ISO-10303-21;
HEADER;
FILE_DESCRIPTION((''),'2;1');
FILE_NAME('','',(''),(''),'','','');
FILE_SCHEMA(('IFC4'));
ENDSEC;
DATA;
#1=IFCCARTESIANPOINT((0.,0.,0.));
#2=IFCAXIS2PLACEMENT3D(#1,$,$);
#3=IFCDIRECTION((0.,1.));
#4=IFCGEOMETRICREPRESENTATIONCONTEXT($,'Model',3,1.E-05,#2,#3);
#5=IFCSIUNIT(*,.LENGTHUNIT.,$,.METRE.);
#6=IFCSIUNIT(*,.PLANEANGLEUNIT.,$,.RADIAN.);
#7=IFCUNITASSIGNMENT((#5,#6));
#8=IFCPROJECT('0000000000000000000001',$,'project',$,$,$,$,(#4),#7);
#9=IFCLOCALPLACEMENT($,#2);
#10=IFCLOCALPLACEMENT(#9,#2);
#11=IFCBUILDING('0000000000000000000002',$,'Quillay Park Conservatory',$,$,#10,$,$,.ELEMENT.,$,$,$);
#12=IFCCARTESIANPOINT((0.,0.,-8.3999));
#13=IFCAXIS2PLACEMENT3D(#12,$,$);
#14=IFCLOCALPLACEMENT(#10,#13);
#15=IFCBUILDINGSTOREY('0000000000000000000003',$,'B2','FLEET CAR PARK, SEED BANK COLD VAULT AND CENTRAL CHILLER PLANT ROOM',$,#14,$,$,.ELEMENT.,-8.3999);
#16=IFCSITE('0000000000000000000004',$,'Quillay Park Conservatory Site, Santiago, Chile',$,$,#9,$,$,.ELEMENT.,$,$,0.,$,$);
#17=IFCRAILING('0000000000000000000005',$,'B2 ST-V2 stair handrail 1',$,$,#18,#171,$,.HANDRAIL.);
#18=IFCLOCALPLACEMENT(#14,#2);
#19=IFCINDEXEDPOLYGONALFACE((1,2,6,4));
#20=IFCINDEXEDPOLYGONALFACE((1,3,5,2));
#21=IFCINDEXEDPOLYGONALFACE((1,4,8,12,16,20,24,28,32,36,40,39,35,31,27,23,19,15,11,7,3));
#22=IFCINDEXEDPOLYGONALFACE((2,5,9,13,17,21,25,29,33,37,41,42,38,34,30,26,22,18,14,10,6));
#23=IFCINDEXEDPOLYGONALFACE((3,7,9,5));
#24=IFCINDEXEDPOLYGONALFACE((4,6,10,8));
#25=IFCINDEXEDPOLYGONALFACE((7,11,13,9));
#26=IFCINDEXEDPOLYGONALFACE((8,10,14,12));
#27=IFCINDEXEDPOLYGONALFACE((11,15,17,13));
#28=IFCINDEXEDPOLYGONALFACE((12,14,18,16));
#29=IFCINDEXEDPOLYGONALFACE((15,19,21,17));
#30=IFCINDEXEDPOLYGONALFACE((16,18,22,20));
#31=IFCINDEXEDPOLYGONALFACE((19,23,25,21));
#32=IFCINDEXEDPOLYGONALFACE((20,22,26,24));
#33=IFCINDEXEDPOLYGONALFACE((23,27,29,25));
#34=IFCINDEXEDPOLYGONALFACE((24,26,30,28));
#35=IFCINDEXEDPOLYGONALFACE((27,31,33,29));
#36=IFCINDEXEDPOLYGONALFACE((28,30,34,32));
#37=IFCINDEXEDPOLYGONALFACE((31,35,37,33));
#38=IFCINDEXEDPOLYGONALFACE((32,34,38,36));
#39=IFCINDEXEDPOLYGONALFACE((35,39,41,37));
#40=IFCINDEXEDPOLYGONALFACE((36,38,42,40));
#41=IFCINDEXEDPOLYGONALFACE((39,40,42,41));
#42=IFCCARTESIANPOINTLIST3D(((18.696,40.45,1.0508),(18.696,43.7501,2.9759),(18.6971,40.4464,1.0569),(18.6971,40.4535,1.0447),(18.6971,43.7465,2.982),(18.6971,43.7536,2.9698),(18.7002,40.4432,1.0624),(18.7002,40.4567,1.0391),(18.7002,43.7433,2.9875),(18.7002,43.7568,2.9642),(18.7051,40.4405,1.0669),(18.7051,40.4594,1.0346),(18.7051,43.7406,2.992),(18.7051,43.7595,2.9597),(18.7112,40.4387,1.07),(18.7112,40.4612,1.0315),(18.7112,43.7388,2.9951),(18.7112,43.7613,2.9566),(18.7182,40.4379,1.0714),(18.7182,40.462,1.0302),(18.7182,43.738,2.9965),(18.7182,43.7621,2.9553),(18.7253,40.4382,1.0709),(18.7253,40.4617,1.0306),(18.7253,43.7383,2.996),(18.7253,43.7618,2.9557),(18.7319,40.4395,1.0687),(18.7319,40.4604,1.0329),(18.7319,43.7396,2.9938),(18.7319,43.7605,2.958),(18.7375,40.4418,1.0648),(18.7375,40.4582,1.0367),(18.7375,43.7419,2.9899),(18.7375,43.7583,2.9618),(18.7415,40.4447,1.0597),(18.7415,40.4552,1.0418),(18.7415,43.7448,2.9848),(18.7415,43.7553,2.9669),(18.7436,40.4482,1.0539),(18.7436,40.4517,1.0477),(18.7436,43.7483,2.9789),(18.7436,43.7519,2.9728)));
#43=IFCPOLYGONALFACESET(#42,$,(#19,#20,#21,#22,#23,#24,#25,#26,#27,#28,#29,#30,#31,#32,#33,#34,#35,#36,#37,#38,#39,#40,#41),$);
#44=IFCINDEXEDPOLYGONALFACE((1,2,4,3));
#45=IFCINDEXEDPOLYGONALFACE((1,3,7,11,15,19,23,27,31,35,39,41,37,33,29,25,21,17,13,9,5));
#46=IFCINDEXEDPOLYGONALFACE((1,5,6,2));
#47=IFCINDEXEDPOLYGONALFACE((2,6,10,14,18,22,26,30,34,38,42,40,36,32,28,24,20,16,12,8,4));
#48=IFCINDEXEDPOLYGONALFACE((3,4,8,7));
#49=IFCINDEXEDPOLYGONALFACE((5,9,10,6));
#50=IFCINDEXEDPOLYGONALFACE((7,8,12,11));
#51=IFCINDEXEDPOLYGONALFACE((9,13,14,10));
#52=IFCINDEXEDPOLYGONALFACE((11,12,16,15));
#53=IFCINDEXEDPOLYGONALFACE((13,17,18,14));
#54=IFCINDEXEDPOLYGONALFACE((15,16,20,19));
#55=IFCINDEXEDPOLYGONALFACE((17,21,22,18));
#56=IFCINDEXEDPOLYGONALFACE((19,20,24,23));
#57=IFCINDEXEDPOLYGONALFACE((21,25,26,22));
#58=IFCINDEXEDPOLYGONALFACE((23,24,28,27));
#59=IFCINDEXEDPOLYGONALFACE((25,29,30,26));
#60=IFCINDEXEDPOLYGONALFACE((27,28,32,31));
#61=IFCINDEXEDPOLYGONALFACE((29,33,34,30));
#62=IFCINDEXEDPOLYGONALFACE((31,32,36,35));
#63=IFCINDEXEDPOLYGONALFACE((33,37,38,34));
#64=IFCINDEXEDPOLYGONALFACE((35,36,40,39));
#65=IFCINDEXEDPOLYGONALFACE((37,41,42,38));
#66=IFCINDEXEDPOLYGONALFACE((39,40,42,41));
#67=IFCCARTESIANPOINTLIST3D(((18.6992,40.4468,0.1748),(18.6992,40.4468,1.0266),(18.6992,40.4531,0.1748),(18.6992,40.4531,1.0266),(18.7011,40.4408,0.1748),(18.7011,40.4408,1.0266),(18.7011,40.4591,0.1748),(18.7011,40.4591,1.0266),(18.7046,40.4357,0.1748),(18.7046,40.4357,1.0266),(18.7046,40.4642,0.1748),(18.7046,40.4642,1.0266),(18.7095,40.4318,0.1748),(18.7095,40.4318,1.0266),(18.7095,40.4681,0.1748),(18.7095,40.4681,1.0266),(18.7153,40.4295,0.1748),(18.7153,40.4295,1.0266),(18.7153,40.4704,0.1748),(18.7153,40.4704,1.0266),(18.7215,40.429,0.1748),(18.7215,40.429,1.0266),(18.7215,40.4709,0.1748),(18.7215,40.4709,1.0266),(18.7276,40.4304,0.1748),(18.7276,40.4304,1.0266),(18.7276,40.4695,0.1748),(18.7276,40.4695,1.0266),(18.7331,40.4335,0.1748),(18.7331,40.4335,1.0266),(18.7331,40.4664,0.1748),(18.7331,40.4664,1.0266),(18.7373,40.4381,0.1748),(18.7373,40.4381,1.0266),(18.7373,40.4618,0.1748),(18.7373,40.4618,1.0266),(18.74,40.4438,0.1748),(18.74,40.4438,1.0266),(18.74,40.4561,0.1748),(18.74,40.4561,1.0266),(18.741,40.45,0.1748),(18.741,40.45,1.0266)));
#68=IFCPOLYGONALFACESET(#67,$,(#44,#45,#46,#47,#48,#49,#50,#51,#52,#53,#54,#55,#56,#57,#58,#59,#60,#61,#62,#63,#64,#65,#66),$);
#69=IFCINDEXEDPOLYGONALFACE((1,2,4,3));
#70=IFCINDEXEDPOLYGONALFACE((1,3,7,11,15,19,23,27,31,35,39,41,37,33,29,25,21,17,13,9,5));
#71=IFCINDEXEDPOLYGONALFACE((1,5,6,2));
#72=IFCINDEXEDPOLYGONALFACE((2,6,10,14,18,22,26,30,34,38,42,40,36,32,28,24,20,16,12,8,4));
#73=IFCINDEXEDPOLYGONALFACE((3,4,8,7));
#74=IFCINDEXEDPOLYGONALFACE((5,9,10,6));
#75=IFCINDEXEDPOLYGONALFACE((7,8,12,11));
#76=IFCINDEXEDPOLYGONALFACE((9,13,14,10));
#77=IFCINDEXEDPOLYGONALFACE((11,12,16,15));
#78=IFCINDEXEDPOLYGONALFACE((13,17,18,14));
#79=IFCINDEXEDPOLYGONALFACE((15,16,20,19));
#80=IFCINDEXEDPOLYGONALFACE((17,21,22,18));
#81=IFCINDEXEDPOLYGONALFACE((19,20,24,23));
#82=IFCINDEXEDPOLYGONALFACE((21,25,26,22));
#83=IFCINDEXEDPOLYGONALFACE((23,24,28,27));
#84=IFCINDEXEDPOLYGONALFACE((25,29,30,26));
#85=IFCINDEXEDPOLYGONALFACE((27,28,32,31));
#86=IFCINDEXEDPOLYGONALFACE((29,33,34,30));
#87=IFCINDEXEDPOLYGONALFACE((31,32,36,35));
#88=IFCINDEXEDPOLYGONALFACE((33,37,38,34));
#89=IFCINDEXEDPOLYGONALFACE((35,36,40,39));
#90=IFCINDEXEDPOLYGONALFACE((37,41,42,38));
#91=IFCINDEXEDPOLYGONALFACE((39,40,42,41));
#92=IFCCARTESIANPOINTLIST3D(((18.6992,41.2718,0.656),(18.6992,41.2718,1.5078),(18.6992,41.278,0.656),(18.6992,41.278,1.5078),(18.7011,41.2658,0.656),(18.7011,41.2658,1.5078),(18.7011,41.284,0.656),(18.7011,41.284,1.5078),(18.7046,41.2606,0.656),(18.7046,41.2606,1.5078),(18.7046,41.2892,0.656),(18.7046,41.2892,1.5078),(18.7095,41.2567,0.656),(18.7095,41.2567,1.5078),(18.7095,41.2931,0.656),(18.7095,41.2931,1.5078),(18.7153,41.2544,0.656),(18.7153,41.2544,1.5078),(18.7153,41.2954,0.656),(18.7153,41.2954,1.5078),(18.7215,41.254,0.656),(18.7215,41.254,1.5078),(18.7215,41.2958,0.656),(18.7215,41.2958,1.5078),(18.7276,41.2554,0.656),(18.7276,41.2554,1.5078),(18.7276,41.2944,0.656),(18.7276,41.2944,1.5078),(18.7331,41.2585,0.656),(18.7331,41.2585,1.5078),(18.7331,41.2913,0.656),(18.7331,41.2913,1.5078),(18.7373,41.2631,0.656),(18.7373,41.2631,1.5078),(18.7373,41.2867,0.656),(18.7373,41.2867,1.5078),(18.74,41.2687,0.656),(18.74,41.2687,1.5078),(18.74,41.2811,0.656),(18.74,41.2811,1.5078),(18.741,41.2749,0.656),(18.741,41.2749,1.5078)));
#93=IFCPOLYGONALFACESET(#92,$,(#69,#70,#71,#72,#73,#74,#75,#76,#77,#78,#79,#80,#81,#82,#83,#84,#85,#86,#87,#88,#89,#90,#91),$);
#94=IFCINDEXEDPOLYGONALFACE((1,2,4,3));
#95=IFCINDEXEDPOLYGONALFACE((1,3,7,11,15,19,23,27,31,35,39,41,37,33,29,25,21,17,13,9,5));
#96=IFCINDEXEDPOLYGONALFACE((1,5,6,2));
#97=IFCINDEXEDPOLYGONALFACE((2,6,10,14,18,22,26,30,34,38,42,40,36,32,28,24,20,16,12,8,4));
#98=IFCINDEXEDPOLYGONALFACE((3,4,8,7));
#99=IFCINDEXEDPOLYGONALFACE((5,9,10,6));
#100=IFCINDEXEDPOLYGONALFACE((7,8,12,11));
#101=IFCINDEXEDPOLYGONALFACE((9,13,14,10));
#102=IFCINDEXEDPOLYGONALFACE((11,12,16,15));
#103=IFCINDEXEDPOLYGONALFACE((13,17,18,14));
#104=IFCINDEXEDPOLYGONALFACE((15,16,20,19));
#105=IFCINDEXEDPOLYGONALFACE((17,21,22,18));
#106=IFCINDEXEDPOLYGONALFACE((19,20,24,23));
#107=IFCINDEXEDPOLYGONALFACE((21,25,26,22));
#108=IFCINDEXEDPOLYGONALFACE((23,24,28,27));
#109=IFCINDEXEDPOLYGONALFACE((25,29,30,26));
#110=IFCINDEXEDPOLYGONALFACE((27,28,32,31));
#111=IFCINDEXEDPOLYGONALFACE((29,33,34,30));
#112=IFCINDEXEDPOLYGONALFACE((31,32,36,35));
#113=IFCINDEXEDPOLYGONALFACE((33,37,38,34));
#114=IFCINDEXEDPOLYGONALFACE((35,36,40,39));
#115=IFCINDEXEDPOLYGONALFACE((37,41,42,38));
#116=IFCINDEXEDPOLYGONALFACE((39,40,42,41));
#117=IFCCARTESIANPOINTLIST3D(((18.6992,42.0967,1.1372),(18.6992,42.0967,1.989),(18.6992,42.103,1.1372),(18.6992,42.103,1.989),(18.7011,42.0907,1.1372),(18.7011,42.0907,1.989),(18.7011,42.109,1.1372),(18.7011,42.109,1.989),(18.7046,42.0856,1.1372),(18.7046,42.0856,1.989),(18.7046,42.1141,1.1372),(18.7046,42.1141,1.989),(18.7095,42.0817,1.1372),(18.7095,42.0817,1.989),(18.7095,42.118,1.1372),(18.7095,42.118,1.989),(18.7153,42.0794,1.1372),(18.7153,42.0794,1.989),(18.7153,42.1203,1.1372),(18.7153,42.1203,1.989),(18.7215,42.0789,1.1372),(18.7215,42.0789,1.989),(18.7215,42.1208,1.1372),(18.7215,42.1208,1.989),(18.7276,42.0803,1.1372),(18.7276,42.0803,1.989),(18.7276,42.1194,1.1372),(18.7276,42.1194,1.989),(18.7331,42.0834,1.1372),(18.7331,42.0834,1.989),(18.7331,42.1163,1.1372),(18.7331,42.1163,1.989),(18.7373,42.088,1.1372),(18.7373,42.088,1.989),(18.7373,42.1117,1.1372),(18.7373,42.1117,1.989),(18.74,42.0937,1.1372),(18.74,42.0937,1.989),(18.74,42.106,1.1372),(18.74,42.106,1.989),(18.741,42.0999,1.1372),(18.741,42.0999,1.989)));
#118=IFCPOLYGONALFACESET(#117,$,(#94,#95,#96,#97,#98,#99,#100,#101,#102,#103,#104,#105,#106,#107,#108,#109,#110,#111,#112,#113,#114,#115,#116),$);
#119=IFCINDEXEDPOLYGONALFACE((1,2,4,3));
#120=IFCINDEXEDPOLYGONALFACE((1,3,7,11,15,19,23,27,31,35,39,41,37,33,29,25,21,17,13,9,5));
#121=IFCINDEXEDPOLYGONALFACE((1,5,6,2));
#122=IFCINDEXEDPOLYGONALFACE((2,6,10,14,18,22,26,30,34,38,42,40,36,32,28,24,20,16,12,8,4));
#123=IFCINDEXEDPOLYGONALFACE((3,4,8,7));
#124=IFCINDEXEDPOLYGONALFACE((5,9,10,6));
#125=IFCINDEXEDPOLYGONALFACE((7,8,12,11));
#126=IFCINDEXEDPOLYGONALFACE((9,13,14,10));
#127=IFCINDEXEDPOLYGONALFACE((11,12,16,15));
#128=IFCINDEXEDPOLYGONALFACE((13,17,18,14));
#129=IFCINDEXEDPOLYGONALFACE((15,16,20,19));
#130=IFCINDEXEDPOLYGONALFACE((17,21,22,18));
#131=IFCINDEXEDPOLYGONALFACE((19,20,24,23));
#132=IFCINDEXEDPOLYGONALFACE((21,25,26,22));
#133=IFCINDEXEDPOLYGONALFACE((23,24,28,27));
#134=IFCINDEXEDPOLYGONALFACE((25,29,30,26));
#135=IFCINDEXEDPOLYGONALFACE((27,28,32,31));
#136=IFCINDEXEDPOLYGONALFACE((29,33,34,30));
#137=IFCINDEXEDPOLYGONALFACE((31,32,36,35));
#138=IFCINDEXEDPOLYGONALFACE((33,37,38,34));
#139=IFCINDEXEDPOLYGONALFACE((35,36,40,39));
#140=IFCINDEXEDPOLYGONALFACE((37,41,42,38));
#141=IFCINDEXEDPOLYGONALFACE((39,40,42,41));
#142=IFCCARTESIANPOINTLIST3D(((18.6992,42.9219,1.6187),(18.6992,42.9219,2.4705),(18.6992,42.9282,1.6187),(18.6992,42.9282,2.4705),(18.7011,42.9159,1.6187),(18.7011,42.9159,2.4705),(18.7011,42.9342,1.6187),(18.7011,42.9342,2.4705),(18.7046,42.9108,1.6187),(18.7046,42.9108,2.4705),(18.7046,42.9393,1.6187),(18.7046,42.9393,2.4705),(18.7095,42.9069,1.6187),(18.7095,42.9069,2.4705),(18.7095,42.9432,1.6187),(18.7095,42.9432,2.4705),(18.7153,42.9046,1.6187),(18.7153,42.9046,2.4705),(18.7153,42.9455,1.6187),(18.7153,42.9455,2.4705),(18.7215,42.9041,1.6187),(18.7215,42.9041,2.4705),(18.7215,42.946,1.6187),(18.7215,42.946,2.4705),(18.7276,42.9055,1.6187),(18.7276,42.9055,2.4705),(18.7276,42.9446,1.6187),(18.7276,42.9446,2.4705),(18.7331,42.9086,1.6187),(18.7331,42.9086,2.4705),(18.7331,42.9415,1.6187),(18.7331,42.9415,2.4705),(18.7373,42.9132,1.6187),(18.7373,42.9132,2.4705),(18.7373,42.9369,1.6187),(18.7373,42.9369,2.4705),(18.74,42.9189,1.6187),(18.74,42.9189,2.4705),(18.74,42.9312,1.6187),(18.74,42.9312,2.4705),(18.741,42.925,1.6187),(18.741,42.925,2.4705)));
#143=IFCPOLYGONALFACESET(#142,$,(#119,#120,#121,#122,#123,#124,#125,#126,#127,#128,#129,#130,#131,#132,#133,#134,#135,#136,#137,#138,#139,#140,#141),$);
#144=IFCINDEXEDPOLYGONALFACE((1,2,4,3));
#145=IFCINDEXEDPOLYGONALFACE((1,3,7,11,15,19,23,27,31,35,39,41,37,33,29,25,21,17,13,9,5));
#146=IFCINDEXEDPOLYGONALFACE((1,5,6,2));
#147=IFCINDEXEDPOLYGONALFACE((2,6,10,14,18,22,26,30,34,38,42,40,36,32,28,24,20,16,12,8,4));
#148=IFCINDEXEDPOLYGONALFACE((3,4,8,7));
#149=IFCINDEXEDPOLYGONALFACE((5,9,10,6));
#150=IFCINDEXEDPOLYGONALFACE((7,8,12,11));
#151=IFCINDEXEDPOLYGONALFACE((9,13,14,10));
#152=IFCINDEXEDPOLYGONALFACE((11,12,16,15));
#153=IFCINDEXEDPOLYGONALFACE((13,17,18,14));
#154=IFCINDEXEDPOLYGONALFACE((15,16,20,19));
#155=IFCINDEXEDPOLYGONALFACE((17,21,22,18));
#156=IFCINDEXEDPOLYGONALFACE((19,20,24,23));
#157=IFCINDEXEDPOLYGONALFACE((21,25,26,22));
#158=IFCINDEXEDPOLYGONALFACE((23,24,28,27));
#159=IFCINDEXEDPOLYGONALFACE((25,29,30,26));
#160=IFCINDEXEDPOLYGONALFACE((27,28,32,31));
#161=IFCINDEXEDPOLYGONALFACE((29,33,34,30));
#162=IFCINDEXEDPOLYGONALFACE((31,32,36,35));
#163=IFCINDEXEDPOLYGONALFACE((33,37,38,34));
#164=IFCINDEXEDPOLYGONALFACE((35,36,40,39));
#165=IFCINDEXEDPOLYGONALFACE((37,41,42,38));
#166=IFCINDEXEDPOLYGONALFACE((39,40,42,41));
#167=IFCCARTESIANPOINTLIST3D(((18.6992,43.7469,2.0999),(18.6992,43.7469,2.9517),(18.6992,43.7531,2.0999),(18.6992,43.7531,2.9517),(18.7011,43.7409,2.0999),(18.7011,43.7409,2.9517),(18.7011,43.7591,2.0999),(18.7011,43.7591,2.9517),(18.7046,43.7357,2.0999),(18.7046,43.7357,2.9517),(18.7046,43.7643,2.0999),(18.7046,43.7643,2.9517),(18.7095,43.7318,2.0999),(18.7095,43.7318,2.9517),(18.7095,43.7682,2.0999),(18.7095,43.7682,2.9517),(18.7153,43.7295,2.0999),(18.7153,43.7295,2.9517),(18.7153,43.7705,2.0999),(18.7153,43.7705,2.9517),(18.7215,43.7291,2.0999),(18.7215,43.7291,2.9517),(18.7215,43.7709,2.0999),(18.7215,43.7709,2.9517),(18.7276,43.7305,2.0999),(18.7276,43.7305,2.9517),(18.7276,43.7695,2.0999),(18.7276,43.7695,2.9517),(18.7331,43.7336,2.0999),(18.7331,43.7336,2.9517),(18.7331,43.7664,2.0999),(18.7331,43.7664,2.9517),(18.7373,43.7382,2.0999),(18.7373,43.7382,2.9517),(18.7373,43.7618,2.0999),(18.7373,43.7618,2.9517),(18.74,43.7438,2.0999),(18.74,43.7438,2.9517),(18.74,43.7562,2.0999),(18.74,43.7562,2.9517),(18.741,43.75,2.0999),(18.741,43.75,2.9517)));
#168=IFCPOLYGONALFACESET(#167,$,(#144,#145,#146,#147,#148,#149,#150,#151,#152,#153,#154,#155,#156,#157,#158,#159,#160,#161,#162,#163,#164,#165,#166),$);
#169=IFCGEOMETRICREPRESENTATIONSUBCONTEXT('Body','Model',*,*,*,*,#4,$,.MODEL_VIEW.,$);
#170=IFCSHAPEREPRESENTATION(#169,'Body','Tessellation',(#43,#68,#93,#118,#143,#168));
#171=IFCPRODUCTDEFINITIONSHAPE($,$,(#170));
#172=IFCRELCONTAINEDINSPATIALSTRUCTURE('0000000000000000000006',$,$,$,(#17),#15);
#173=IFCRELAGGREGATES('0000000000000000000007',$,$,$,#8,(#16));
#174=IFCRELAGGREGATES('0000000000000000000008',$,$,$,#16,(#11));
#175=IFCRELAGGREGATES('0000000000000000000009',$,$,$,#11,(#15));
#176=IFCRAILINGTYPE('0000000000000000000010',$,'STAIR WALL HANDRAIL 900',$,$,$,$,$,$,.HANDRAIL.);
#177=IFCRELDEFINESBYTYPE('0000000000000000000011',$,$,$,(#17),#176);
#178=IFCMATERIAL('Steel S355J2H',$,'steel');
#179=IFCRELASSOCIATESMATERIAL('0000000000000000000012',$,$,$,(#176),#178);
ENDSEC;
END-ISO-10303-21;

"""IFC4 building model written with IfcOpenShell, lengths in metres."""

from ifc_helpers import new_model, si_unit, direction, frame, origin, origin_2d, place, context, subcontext, project, spatial, circle, extrude, material, type_object, element, save


model = new_model("IFC4")

# Units and contexts
model_context = context("Model", 3, precision=1e-05, world=origin(), true_north=direction((0.0, 1.0)))
body_context = subcontext(model_context, "Body", "Model", "MODEL_VIEW")
ifc_project = project(units=[si_unit("LENGTHUNIT", "METRE"), si_unit("PLANEANGLEUNIT", "RADIAN")], contexts=[model_context])

# Site, building, storey
site_placement = place(None, origin())
site = spatial("IfcSite", under=ifc_project, at=site_placement, Name="Quillay Park Conservatory Site, Santiago, Chile", CompositionType="ELEMENT", RefElevation=0.0)
building_placement = place(site_placement, origin())
building = spatial("IfcBuilding", under=site, at=building_placement, Name="Quillay Park Conservatory", CompositionType="ELEMENT")
storey_placement = place(building_placement, frame((0.0, 0.0, -8.3999)))
storey = spatial("IfcBuildingStorey", under=building, at=storey_placement, Name="B2", Description="FLEET CAR PARK, SEED BANK COLD VAULT AND CENTRAL CHILLER PLANT ROOM", CompositionType="ELEMENT", Elevation=-8.3999)

# Railing
ifc_material_1 = material(Name="Steel S355J2H", Category="steel")
railing_type_1 = type_object("IfcRailingType", Name="STAIR WALL HANDRAIL 900", PredefinedType="HANDRAIL", material=ifc_material_1)
railing_1_placement = place(storey_placement, frame((18.72, 40.45, 0.1748)))
element("IfcRailing", 1, at=railing_1_placement, inside=storey, type_object=railing_type_1, Name="B2 ST-V2 stair handrail 1", PredefinedType="HANDRAIL", context=body_context, shape_type="SweptSolid", body=[
    extrude(circle(Radius=0.0239, at=origin_2d()), frame((0.0, 0.0, 0.876), z_axis=(0.0, 0.863777, 0.503875), x_axis=(-1.0, 0.0, 0.0)), (0.0, 0.0, 1.0), 3.8206),
    extrude(circle(Radius=0.021, at=origin_2d()), origin(), (0.0, 0.0, 1.0), 0.8518),
    extrude(circle(Radius=0.021, at=origin_2d()), frame((0.0, 0.825, 0.4812)), (0.0, 0.0, 1.0), 0.8518),
    extrude(circle(Radius=0.021, at=origin_2d()), frame((0.0, 1.6499, 0.9624)), (0.0, 0.0, 1.0), 0.8518),
    extrude(circle(Radius=0.021, at=origin_2d()), frame((0.0, 2.4751, 1.4438)), (0.0, 0.0, 1.0), 0.8518),
    extrude(circle(Radius=0.021, at=origin_2d()), frame((0.0, 3.3, 1.925)), (0.0, 0.0, 1.0), 0.8518),
])

save(model, "model.ifc")
